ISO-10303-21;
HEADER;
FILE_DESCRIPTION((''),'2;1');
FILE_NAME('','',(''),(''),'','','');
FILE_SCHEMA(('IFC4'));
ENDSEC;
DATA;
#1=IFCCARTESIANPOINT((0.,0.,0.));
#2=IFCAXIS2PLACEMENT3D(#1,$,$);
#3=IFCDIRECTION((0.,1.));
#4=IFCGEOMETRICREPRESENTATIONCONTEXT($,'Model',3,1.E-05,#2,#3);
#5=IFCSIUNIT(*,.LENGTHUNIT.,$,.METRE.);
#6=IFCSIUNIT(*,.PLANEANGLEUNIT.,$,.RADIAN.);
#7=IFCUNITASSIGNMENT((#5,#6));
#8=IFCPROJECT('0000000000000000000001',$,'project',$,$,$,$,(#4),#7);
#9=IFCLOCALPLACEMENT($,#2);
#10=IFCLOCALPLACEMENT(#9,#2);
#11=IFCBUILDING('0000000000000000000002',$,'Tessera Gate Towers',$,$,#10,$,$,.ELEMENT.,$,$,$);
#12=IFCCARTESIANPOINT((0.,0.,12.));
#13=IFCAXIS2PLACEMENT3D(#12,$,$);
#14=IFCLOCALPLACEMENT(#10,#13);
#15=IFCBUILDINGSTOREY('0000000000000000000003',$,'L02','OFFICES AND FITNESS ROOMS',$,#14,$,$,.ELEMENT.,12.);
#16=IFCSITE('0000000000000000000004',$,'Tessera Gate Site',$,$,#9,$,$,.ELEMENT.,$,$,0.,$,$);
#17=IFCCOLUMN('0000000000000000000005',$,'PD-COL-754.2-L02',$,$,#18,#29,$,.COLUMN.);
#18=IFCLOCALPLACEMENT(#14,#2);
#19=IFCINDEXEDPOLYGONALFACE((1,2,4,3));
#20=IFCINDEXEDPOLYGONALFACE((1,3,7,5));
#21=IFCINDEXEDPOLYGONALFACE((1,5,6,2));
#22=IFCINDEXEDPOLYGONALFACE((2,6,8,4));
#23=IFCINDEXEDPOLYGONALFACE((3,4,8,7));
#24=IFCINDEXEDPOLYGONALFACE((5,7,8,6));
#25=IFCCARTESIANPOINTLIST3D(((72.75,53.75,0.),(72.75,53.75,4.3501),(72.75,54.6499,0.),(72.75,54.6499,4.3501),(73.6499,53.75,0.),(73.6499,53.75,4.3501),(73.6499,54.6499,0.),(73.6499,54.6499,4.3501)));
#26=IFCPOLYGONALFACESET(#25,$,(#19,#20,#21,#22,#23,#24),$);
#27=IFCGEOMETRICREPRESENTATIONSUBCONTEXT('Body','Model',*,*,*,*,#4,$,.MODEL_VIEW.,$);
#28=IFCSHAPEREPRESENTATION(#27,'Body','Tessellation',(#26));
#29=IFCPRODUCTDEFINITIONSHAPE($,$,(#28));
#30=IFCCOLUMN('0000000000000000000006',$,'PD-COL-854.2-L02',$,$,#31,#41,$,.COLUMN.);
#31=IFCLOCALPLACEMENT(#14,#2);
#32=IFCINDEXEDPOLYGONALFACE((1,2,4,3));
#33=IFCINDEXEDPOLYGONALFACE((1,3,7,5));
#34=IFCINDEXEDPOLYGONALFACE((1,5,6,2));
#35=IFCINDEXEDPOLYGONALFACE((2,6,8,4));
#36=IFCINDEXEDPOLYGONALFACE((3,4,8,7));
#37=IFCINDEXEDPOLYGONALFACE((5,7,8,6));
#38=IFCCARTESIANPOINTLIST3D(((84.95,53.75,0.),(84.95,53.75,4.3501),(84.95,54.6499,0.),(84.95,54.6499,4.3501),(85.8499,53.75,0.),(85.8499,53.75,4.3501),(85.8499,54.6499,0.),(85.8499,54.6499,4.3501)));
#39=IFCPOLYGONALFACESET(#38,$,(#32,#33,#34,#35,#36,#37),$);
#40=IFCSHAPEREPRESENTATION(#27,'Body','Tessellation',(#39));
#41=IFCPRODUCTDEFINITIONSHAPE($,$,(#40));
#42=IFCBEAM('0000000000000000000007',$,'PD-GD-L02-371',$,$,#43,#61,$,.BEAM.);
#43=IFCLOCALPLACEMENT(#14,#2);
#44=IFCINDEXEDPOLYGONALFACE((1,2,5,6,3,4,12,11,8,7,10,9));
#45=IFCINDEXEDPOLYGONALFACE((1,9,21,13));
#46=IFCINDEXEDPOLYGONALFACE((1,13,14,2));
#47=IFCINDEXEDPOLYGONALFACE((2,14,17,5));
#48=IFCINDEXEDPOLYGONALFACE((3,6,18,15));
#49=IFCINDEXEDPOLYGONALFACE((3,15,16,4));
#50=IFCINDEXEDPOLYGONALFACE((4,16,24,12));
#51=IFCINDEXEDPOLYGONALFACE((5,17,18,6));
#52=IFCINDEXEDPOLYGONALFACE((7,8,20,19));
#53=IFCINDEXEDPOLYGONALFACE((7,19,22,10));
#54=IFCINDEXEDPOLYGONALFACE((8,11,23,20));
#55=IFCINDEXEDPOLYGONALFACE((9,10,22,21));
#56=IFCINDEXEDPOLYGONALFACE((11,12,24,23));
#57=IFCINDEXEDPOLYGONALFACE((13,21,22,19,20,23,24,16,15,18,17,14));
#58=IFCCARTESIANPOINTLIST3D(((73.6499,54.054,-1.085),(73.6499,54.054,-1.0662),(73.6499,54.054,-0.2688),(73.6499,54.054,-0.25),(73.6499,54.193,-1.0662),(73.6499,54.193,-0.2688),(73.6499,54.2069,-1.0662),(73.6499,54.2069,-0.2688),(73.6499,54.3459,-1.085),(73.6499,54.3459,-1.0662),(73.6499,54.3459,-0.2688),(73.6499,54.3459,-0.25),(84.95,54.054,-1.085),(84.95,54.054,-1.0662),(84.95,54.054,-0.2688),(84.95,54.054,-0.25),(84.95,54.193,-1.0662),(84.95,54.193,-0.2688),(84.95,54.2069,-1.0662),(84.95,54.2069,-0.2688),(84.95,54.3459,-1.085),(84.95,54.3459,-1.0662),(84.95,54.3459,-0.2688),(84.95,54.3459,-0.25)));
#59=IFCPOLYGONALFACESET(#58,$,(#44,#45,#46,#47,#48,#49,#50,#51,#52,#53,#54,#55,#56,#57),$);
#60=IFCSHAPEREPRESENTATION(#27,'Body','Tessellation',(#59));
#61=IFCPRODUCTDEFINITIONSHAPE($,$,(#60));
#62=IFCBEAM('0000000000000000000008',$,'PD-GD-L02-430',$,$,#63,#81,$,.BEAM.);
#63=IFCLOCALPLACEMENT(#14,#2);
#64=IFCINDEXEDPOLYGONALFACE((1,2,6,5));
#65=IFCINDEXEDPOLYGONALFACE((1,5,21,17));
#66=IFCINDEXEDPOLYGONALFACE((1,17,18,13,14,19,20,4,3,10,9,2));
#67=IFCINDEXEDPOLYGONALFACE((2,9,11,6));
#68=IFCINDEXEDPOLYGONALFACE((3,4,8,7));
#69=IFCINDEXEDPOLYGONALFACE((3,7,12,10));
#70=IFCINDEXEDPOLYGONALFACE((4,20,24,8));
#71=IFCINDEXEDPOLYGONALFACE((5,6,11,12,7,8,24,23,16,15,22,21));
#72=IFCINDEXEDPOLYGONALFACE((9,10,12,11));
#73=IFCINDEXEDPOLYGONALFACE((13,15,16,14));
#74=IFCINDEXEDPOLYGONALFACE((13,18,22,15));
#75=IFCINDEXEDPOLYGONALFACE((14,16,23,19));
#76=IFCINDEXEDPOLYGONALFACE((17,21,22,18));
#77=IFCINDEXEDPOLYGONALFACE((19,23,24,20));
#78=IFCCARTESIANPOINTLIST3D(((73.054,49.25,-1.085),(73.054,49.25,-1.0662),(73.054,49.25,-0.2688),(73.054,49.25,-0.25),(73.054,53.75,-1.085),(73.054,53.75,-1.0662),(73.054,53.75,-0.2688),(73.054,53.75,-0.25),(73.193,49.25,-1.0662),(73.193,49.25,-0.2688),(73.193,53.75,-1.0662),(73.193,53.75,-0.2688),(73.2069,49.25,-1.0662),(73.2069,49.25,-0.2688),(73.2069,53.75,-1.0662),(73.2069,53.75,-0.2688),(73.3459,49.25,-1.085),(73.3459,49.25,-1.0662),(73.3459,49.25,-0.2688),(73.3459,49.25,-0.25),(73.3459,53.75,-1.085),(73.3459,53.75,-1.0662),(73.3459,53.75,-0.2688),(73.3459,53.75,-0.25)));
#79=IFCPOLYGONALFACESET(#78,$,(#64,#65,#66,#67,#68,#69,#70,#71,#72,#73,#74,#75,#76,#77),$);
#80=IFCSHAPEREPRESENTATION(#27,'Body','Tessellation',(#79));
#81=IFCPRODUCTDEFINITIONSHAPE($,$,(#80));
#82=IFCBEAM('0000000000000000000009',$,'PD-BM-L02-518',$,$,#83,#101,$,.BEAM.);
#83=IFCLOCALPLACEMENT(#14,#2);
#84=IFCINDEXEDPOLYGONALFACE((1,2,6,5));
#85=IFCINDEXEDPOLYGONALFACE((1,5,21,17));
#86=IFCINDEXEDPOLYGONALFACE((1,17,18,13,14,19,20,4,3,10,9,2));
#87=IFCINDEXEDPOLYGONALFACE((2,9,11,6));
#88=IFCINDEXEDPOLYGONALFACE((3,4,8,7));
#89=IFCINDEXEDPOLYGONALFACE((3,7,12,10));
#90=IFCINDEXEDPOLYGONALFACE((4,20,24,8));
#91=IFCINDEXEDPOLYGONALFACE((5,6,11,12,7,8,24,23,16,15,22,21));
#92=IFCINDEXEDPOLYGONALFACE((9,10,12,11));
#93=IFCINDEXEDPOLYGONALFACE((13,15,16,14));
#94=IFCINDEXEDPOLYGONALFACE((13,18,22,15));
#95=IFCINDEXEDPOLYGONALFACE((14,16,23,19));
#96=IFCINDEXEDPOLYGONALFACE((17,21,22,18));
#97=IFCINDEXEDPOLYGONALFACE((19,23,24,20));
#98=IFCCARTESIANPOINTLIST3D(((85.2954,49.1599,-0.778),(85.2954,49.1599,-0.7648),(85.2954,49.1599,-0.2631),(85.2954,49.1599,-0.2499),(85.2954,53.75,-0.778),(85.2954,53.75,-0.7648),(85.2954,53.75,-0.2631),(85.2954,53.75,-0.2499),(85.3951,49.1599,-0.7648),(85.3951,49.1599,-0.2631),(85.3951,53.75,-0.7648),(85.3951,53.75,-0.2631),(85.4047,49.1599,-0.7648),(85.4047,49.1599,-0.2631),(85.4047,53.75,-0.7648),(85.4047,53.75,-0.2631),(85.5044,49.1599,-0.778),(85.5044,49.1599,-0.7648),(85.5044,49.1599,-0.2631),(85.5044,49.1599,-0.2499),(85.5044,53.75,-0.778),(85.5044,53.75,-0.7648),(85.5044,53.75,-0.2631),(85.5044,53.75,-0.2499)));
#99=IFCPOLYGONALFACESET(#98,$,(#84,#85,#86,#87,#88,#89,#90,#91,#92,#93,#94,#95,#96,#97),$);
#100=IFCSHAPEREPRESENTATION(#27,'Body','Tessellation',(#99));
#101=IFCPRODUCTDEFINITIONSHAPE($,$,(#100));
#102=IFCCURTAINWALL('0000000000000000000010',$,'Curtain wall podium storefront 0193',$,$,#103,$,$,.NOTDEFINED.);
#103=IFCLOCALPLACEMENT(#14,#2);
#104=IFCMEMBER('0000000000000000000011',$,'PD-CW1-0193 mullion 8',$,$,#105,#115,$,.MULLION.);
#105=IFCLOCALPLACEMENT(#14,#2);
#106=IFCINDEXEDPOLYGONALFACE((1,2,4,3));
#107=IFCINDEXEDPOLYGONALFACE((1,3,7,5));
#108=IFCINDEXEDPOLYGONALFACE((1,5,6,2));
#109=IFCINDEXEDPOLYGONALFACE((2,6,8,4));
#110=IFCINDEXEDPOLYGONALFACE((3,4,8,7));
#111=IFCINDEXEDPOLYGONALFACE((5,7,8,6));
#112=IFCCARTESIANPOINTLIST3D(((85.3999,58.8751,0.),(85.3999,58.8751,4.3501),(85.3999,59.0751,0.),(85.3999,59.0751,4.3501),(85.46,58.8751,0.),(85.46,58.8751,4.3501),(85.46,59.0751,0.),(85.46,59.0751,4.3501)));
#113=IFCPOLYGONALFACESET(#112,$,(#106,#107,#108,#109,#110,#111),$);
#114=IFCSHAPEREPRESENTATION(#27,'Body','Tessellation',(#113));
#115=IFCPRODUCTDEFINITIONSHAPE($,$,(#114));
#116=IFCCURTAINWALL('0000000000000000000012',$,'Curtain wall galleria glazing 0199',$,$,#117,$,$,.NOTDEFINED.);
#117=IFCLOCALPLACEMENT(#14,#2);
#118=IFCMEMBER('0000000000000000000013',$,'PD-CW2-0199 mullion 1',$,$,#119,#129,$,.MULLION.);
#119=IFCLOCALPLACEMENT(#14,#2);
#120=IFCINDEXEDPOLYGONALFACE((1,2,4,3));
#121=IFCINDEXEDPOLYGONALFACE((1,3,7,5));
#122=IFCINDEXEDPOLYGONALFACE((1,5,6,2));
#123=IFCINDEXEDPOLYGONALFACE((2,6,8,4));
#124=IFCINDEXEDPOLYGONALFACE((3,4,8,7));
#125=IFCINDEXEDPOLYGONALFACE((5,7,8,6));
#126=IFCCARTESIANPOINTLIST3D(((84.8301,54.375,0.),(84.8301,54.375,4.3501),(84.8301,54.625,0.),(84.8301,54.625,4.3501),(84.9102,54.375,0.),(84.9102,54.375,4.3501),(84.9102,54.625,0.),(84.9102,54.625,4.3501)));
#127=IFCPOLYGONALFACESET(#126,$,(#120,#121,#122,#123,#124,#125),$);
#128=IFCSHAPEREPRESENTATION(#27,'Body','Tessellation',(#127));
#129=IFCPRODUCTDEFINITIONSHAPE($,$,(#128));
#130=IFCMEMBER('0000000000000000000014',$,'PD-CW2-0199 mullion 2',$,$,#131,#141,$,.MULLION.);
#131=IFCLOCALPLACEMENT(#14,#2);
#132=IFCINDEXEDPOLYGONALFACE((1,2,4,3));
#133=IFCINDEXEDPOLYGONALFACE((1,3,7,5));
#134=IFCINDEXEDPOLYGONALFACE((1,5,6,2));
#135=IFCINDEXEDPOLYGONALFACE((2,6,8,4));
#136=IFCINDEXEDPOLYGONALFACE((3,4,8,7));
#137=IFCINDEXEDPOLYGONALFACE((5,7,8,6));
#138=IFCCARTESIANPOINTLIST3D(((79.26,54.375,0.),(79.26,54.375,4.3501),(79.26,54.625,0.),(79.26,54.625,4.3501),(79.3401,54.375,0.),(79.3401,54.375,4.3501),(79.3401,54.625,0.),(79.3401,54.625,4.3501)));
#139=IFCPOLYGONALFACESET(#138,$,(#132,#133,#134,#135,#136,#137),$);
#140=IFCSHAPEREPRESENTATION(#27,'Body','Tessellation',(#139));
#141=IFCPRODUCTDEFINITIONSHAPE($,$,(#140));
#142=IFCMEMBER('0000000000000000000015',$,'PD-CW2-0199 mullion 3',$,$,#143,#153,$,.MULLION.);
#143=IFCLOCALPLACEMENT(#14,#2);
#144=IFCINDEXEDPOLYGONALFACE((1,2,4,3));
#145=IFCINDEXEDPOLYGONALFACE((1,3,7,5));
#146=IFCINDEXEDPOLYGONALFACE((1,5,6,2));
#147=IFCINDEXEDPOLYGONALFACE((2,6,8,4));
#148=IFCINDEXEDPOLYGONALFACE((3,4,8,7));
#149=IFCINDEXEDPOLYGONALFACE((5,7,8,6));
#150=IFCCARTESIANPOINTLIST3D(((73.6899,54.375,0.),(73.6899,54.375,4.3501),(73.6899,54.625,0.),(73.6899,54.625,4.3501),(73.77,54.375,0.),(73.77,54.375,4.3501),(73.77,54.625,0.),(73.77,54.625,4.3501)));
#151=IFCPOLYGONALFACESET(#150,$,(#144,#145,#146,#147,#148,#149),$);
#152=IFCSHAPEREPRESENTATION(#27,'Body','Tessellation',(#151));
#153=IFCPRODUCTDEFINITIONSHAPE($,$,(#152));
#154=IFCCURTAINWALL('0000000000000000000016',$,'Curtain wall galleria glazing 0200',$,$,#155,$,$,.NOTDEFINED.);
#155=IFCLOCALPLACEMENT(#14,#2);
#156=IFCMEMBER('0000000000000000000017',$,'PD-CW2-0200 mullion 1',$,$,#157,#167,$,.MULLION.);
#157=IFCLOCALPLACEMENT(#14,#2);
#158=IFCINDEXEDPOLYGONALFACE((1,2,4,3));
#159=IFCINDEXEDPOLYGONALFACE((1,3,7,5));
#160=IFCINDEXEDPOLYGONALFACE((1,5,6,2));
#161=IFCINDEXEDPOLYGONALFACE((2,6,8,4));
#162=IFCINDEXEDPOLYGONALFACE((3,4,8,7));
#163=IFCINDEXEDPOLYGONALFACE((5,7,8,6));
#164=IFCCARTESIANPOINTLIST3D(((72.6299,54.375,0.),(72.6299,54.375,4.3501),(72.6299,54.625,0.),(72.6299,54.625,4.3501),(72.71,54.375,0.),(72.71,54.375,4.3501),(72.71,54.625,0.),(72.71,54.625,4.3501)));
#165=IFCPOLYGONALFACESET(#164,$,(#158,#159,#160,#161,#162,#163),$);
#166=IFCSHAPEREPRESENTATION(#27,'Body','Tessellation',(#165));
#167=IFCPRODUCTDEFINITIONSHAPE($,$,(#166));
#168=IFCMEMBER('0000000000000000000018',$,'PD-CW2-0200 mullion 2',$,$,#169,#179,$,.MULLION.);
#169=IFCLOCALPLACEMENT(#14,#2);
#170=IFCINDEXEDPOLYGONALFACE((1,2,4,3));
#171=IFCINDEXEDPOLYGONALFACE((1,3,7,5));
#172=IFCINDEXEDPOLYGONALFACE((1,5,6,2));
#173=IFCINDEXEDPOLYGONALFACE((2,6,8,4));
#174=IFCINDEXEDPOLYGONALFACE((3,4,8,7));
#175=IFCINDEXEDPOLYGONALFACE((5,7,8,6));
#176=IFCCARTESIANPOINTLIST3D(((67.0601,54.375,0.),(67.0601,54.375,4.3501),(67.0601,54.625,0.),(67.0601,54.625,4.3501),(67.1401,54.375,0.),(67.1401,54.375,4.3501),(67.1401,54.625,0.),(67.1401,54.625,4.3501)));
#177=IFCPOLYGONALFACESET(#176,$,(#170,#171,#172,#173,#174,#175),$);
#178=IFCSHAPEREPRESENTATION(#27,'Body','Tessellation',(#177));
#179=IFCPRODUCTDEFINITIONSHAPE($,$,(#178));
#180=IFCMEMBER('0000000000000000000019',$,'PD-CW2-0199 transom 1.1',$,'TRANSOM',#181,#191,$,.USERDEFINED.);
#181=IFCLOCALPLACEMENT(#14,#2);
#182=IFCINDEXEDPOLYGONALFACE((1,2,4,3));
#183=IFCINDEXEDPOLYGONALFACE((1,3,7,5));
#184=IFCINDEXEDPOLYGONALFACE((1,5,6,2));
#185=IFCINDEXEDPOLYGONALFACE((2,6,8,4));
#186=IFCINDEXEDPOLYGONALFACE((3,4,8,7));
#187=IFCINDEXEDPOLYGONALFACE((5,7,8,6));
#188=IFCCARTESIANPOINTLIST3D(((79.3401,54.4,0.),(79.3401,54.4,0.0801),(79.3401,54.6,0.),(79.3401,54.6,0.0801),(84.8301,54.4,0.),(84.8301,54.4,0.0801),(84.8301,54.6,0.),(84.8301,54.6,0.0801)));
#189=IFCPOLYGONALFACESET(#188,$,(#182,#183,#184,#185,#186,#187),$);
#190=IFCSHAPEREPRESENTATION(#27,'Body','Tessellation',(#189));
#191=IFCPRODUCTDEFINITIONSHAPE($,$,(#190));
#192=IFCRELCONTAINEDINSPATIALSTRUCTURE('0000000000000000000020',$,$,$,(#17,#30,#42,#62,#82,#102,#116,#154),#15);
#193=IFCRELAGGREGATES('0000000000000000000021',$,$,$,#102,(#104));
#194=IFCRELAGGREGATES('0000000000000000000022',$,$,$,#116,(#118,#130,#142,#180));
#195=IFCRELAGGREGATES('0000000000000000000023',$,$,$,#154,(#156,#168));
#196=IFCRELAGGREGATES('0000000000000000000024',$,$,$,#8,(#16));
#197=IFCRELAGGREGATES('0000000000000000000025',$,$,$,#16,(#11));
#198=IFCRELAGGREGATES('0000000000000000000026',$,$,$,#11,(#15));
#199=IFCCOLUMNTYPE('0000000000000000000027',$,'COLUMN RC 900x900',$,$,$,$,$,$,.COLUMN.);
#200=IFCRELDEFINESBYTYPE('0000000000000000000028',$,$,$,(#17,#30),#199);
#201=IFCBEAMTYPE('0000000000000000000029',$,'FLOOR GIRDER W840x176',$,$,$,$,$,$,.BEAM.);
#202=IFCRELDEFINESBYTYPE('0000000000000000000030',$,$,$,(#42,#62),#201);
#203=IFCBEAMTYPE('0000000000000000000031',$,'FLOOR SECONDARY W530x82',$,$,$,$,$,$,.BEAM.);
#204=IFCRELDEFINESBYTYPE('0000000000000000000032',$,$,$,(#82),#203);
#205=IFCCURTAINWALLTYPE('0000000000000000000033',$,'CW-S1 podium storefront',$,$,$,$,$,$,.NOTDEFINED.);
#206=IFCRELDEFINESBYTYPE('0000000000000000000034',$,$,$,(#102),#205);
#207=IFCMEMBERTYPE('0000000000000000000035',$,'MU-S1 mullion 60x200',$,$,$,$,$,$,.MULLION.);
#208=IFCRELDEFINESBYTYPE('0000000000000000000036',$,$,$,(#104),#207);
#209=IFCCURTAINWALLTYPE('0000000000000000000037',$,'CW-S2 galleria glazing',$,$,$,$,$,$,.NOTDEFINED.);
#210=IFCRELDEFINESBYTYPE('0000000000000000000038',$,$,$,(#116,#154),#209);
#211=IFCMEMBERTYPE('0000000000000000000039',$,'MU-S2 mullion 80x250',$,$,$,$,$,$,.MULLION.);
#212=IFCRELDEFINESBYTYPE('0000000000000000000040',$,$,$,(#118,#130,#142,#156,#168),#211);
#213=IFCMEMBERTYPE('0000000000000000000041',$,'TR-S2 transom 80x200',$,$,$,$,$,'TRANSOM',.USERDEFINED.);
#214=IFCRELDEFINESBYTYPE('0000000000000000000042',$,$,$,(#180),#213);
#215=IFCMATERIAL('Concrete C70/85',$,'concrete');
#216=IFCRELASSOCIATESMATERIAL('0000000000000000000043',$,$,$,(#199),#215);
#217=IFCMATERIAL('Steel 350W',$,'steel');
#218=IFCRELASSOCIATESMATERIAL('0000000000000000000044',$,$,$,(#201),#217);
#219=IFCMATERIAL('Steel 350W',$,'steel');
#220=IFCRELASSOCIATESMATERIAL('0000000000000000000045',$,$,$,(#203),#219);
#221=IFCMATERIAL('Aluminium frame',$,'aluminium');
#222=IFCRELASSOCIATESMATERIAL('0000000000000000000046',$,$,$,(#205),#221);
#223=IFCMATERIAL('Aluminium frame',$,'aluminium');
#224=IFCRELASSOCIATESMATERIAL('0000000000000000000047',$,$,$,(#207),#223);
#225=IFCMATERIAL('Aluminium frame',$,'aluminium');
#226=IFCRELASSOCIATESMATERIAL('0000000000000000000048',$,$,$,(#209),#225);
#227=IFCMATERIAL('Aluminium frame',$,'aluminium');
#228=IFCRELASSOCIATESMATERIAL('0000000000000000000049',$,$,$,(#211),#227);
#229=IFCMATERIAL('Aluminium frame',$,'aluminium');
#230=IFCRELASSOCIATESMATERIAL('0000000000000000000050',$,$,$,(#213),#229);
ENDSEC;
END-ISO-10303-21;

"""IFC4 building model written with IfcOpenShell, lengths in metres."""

from ifc_helpers import new_model, si_unit, direction, frame, origin, origin_2d, place, context, subcontext, project, spatial, rectangle, i_section, extrude, material, material_profile, profile_set, type_object, element, aggregate, save


model = new_model("IFC4")

# Units and contexts
model_context = context("Model", 3, precision=1e-05, world=origin(), true_north=direction((0.0, 1.0)))
body_context = subcontext(model_context, "Body", "Model", "MODEL_VIEW")
ifc_project = project(units=[si_unit("LENGTHUNIT", "METRE"), si_unit("PLANEANGLEUNIT", "RADIAN")], contexts=[model_context])

# Site, building, storey
site_placement = place(None, origin())
site = spatial("IfcSite", under=ifc_project, at=site_placement, Name="Tessera Gate Site", CompositionType="ELEMENT", RefElevation=0.0)
building_placement = place(site_placement, origin())
building = spatial("IfcBuilding", under=site, at=building_placement, Name="Tessera Gate Towers", CompositionType="ELEMENT")
storey_placement = place(building_placement, frame((0.0, 0.0, 12.0)))
storey = spatial("IfcBuildingStorey", under=building, at=storey_placement, Name="L02", Description="OFFICES AND FITNESS ROOMS", CompositionType="ELEMENT", Elevation=12.0)

# Columns
ifc_material_1 = material(Name="Concrete C70/85", Category="concrete")
ifc_material_profile_1 = material_profile(ifc_material_1, rectangle(XDim=0.8999, YDim=0.8999, at=origin_2d()), Name="RC 900x900")
ifc_profile_set_1 = profile_set([ifc_material_profile_1], Name="Concrete C70/85")
column_type = type_object("IfcColumnType", Name="COLUMN RC 900x900", PredefinedType="COLUMN", material=ifc_profile_set_1)
for number, where, z_axis, x_axis, name in (
    (1, (73.2, 54.2, 0.0), (0.0, 0.0, 1.0), (1.0, 0.0, 0.0), "PD-COL-754.2-L02"),
    (2, (85.3999, 54.2, 0.0), (0.0, 0.0, 1.0), (1.0, 0.0, 0.0), "PD-COL-854.2-L02"),
):
    element("IfcColumn", number, at=place(storey_placement, frame(where, z_axis=z_axis, x_axis=x_axis)), inside=storey, type_object=column_type, Name=name, PredefinedType="COLUMN", context=body_context, shape_type="SweptSolid", body=[
        extrude(rectangle(XDim=0.8999, YDim=0.8999, at=origin_2d()), origin(), (0.0, 0.0, 1.0), 4.3501),
    ])

# Beams
ifc_material_2 = material(Name="Steel 350W", Category="steel")
ifc_material_profile_2 = material_profile(ifc_material_2, i_section(OverallWidth=0.292, OverallDepth=0.835, WebThickness=0.0139, FlangeThickness=0.0188, at=origin_2d()), Name="W840x176")
ifc_profile_set_2 = profile_set([ifc_material_profile_2], Name="Steel 350W")
beam_type_1 = type_object("IfcBeamType", Name="FLOOR GIRDER W840x176", PredefinedType="BEAM", material=ifc_profile_set_2)
beam_1_placement = place(storey_placement, frame((73.6499, 54.2, -0.6675), z_axis=(1.0, 0.0, 0.0), x_axis=(0.0, 1.0, 0.0)))
element("IfcBeam", 3, at=beam_1_placement, inside=storey, type_object=beam_type_1, Name="PD-GD-L02-371", PredefinedType="BEAM", context=body_context, shape_type="SweptSolid", body=[
    extrude(i_section(OverallWidth=0.292, OverallDepth=0.835, WebThickness=0.0139, FlangeThickness=0.0188, at=origin_2d()), origin(), (0.0, 0.0, 1.0), 11.3),
])
beam_2_placement = place(storey_placement, frame((73.2, 49.25, -0.6675), z_axis=(0.0, 1.0, 0.0), x_axis=(-1.0, 0.0, 0.0)))
element("IfcBeam", 4, at=beam_2_placement, inside=storey, type_object=beam_type_1, Name="PD-GD-L02-430", PredefinedType="BEAM", context=body_context, shape_type="SweptSolid", body=[
    extrude(i_section(OverallWidth=0.292, OverallDepth=0.835, WebThickness=0.0139, FlangeThickness=0.0188, at=origin_2d()), origin(), (0.0, 0.0, 1.0), 4.5),
])
ifc_material_3 = material(Name="Steel 350W", Category="steel")
ifc_material_profile_3 = material_profile(ifc_material_3, i_section(OverallWidth=0.209, OverallDepth=0.5281, WebThickness=0.0095, FlangeThickness=0.0132, at=origin_2d()), Name="W530x82")
ifc_profile_set_3 = profile_set([ifc_material_profile_3], Name="Steel 350W")
beam_type_2 = type_object("IfcBeamType", Name="FLOOR SECONDARY W530x82", PredefinedType="BEAM", material=ifc_profile_set_3)
beam_3_placement = place(storey_placement, frame((85.3999, 49.1599, -0.5139), z_axis=(0.0, 1.0, 0.0), x_axis=(-1.0, 0.0, 0.0)))
element("IfcBeam", 5, at=beam_3_placement, inside=storey, type_object=beam_type_2, Name="PD-BM-L02-518", PredefinedType="BEAM", context=body_context, shape_type="SweptSolid", body=[
    extrude(i_section(OverallWidth=0.209, OverallDepth=0.5281, WebThickness=0.0095, FlangeThickness=0.0132, at=origin_2d()), origin(), (0.0, 0.0, 1.0), 4.5901),
])

# Curtain wall, member
ifc_material_4 = material(Name="Aluminium frame", Category="aluminium")
curtain_wall_type_1 = type_object("IfcCurtainWallType", Name="CW-S1 podium storefront", PredefinedType="NOTDEFINED", material=ifc_material_4)
curtain_wall_1_placement = place(storey_placement, origin())
curtain_wall_1 = element("IfcCurtainWall", 6, at=curtain_wall_1_placement, inside=storey, type_object=curtain_wall_type_1, Name="Curtain wall podium storefront 0193", PredefinedType="NOTDEFINED")
ifc_material_5 = material(Name="Aluminium frame", Category="aluminium")
ifc_material_profile_4 = material_profile(ifc_material_5, rectangle(XDim=0.0601, YDim=0.2, at=origin_2d()), Name="AL 60x200")
ifc_profile_set_4 = profile_set([ifc_material_profile_4], Name="Aluminium frame")
member_type_1 = type_object("IfcMemberType", Name="MU-S1 mullion 60x200", PredefinedType="MULLION", material=ifc_profile_set_4)
member_1_placement = place(storey_placement, frame((85.4299, 58.9751, 0.0), z_axis=(0.0, 0.0, 1.0), x_axis=(-1.0, 0.0, 0.0)))
member_1 = element("IfcMember", 7, at=member_1_placement, type_object=member_type_1, Name="PD-CW1-0193 mullion 8", PredefinedType="MULLION", context=body_context, shape_type="SweptSolid", body=[
    extrude(rectangle(XDim=0.0601, YDim=0.2, at=origin_2d()), origin(), (0.0, 0.0, 1.0), 4.3501),
])
aggregate(curtain_wall_1, [member_1])

# Curtain walls, members
ifc_material_6 = material(Name="Aluminium frame", Category="aluminium")
curtain_wall_type_2 = type_object("IfcCurtainWallType", Name="CW-S2 galleria glazing", PredefinedType="NOTDEFINED", material=ifc_material_6)
curtain_wall_2_placement = place(storey_placement, origin())
curtain_wall_2 = element("IfcCurtainWall", 8, at=curtain_wall_2_placement, inside=storey, type_object=curtain_wall_type_2, Name="Curtain wall galleria glazing 0199", PredefinedType="NOTDEFINED")
ifc_material_7 = material(Name="Aluminium frame", Category="aluminium")
ifc_material_profile_5 = material_profile(ifc_material_7, rectangle(XDim=0.0801, YDim=0.25, at=origin_2d()), Name="AL 80x250")
ifc_profile_set_5 = profile_set([ifc_material_profile_5], Name="Aluminium frame")
member_type_2 = type_object("IfcMemberType", Name="MU-S2 mullion 80x250", PredefinedType="MULLION", material=ifc_profile_set_5)
member_2_placement = place(storey_placement, frame((84.8701, 54.5, 0.0), z_axis=(0.0, 0.0, 1.0), x_axis=(-1.0, 0.0, 0.0)))
member_2 = element("IfcMember", 9, at=member_2_placement, type_object=member_type_2, Name="PD-CW2-0199 mullion 1", PredefinedType="MULLION", context=body_context, shape_type="SweptSolid", body=[
    extrude(rectangle(XDim=0.0801, YDim=0.25, at=origin_2d()), origin(), (0.0, 0.0, 1.0), 4.3501),
])
member_3_placement = place(storey_placement, frame((79.3, 54.5, 0.0), z_axis=(0.0, 0.0, 1.0), x_axis=(-1.0, 0.0, 0.0)))
member_3 = element("IfcMember", 10, at=member_3_placement, type_object=member_type_2, Name="PD-CW2-0199 mullion 2", PredefinedType="MULLION", context=body_context, shape_type="SweptSolid", body=[
    extrude(rectangle(XDim=0.0801, YDim=0.25, at=origin_2d()), origin(), (0.0, 0.0, 1.0), 4.3501),
])
member_4_placement = place(storey_placement, frame((73.73, 54.5, 0.0), z_axis=(0.0, 0.0, 1.0), x_axis=(-1.0, 0.0, 0.0)))
member_4 = element("IfcMember", 11, at=member_4_placement, type_object=member_type_2, Name="PD-CW2-0199 mullion 3", PredefinedType="MULLION", context=body_context, shape_type="SweptSolid", body=[
    extrude(rectangle(XDim=0.0801, YDim=0.25, at=origin_2d()), origin(), (0.0, 0.0, 1.0), 4.3501),
])
curtain_wall_3_placement = place(storey_placement, origin())
curtain_wall_3 = element("IfcCurtainWall", 12, at=curtain_wall_3_placement, inside=storey, type_object=curtain_wall_type_2, Name="Curtain wall galleria glazing 0200", PredefinedType="NOTDEFINED")
member_5_placement = place(storey_placement, frame((72.6699, 54.5, 0.0), z_axis=(0.0, 0.0, 1.0), x_axis=(-1.0, 0.0, 0.0)))
member_5 = element("IfcMember", 13, at=member_5_placement, type_object=member_type_2, Name="PD-CW2-0200 mullion 1", PredefinedType="MULLION", context=body_context, shape_type="SweptSolid", body=[
    extrude(rectangle(XDim=0.0801, YDim=0.25, at=origin_2d()), origin(), (0.0, 0.0, 1.0), 4.3501),
])
member_6_placement = place(storey_placement, frame((67.1001, 54.5, 0.0), z_axis=(0.0, 0.0, 1.0), x_axis=(-1.0, 0.0, 0.0)))
member_6 = element("IfcMember", 14, at=member_6_placement, type_object=member_type_2, Name="PD-CW2-0200 mullion 2", PredefinedType="MULLION", context=body_context, shape_type="SweptSolid", body=[
    extrude(rectangle(XDim=0.0801, YDim=0.25, at=origin_2d()), origin(), (0.0, 0.0, 1.0), 4.3501),
])

# Member
ifc_material_8 = material(Name="Aluminium frame", Category="aluminium")
ifc_material_profile_6 = material_profile(ifc_material_8, rectangle(XDim=0.2, YDim=0.0801, at=origin_2d()), Name="AL 80x200")
ifc_profile_set_6 = profile_set([ifc_material_profile_6], Name="Aluminium frame")
member_type_3 = type_object("IfcMemberType", Name="TR-S2 transom 80x200", ElementType="TRANSOM", PredefinedType="USERDEFINED", material=ifc_profile_set_6)
member_7_placement = place(storey_placement, frame((84.8301, 54.5, 0.04), z_axis=(-1.0, 0.0, 0.0), x_axis=(0.0, -1.0, 0.0)))
member_7 = element("IfcMember", 15, at=member_7_placement, type_object=member_type_3, Name="PD-CW2-0199 transom 1.1", ObjectType="TRANSOM", PredefinedType="USERDEFINED", context=body_context, shape_type="SweptSolid", body=[
    extrude(rectangle(XDim=0.2, YDim=0.0801, at=origin_2d()), origin(), (0.0, 0.0, 1.0), 5.49),
])

aggregate(curtain_wall_2, [member_2, member_3, member_4, member_7])
aggregate(curtain_wall_3, [member_5, member_6])

save(model, "model.ifc")
